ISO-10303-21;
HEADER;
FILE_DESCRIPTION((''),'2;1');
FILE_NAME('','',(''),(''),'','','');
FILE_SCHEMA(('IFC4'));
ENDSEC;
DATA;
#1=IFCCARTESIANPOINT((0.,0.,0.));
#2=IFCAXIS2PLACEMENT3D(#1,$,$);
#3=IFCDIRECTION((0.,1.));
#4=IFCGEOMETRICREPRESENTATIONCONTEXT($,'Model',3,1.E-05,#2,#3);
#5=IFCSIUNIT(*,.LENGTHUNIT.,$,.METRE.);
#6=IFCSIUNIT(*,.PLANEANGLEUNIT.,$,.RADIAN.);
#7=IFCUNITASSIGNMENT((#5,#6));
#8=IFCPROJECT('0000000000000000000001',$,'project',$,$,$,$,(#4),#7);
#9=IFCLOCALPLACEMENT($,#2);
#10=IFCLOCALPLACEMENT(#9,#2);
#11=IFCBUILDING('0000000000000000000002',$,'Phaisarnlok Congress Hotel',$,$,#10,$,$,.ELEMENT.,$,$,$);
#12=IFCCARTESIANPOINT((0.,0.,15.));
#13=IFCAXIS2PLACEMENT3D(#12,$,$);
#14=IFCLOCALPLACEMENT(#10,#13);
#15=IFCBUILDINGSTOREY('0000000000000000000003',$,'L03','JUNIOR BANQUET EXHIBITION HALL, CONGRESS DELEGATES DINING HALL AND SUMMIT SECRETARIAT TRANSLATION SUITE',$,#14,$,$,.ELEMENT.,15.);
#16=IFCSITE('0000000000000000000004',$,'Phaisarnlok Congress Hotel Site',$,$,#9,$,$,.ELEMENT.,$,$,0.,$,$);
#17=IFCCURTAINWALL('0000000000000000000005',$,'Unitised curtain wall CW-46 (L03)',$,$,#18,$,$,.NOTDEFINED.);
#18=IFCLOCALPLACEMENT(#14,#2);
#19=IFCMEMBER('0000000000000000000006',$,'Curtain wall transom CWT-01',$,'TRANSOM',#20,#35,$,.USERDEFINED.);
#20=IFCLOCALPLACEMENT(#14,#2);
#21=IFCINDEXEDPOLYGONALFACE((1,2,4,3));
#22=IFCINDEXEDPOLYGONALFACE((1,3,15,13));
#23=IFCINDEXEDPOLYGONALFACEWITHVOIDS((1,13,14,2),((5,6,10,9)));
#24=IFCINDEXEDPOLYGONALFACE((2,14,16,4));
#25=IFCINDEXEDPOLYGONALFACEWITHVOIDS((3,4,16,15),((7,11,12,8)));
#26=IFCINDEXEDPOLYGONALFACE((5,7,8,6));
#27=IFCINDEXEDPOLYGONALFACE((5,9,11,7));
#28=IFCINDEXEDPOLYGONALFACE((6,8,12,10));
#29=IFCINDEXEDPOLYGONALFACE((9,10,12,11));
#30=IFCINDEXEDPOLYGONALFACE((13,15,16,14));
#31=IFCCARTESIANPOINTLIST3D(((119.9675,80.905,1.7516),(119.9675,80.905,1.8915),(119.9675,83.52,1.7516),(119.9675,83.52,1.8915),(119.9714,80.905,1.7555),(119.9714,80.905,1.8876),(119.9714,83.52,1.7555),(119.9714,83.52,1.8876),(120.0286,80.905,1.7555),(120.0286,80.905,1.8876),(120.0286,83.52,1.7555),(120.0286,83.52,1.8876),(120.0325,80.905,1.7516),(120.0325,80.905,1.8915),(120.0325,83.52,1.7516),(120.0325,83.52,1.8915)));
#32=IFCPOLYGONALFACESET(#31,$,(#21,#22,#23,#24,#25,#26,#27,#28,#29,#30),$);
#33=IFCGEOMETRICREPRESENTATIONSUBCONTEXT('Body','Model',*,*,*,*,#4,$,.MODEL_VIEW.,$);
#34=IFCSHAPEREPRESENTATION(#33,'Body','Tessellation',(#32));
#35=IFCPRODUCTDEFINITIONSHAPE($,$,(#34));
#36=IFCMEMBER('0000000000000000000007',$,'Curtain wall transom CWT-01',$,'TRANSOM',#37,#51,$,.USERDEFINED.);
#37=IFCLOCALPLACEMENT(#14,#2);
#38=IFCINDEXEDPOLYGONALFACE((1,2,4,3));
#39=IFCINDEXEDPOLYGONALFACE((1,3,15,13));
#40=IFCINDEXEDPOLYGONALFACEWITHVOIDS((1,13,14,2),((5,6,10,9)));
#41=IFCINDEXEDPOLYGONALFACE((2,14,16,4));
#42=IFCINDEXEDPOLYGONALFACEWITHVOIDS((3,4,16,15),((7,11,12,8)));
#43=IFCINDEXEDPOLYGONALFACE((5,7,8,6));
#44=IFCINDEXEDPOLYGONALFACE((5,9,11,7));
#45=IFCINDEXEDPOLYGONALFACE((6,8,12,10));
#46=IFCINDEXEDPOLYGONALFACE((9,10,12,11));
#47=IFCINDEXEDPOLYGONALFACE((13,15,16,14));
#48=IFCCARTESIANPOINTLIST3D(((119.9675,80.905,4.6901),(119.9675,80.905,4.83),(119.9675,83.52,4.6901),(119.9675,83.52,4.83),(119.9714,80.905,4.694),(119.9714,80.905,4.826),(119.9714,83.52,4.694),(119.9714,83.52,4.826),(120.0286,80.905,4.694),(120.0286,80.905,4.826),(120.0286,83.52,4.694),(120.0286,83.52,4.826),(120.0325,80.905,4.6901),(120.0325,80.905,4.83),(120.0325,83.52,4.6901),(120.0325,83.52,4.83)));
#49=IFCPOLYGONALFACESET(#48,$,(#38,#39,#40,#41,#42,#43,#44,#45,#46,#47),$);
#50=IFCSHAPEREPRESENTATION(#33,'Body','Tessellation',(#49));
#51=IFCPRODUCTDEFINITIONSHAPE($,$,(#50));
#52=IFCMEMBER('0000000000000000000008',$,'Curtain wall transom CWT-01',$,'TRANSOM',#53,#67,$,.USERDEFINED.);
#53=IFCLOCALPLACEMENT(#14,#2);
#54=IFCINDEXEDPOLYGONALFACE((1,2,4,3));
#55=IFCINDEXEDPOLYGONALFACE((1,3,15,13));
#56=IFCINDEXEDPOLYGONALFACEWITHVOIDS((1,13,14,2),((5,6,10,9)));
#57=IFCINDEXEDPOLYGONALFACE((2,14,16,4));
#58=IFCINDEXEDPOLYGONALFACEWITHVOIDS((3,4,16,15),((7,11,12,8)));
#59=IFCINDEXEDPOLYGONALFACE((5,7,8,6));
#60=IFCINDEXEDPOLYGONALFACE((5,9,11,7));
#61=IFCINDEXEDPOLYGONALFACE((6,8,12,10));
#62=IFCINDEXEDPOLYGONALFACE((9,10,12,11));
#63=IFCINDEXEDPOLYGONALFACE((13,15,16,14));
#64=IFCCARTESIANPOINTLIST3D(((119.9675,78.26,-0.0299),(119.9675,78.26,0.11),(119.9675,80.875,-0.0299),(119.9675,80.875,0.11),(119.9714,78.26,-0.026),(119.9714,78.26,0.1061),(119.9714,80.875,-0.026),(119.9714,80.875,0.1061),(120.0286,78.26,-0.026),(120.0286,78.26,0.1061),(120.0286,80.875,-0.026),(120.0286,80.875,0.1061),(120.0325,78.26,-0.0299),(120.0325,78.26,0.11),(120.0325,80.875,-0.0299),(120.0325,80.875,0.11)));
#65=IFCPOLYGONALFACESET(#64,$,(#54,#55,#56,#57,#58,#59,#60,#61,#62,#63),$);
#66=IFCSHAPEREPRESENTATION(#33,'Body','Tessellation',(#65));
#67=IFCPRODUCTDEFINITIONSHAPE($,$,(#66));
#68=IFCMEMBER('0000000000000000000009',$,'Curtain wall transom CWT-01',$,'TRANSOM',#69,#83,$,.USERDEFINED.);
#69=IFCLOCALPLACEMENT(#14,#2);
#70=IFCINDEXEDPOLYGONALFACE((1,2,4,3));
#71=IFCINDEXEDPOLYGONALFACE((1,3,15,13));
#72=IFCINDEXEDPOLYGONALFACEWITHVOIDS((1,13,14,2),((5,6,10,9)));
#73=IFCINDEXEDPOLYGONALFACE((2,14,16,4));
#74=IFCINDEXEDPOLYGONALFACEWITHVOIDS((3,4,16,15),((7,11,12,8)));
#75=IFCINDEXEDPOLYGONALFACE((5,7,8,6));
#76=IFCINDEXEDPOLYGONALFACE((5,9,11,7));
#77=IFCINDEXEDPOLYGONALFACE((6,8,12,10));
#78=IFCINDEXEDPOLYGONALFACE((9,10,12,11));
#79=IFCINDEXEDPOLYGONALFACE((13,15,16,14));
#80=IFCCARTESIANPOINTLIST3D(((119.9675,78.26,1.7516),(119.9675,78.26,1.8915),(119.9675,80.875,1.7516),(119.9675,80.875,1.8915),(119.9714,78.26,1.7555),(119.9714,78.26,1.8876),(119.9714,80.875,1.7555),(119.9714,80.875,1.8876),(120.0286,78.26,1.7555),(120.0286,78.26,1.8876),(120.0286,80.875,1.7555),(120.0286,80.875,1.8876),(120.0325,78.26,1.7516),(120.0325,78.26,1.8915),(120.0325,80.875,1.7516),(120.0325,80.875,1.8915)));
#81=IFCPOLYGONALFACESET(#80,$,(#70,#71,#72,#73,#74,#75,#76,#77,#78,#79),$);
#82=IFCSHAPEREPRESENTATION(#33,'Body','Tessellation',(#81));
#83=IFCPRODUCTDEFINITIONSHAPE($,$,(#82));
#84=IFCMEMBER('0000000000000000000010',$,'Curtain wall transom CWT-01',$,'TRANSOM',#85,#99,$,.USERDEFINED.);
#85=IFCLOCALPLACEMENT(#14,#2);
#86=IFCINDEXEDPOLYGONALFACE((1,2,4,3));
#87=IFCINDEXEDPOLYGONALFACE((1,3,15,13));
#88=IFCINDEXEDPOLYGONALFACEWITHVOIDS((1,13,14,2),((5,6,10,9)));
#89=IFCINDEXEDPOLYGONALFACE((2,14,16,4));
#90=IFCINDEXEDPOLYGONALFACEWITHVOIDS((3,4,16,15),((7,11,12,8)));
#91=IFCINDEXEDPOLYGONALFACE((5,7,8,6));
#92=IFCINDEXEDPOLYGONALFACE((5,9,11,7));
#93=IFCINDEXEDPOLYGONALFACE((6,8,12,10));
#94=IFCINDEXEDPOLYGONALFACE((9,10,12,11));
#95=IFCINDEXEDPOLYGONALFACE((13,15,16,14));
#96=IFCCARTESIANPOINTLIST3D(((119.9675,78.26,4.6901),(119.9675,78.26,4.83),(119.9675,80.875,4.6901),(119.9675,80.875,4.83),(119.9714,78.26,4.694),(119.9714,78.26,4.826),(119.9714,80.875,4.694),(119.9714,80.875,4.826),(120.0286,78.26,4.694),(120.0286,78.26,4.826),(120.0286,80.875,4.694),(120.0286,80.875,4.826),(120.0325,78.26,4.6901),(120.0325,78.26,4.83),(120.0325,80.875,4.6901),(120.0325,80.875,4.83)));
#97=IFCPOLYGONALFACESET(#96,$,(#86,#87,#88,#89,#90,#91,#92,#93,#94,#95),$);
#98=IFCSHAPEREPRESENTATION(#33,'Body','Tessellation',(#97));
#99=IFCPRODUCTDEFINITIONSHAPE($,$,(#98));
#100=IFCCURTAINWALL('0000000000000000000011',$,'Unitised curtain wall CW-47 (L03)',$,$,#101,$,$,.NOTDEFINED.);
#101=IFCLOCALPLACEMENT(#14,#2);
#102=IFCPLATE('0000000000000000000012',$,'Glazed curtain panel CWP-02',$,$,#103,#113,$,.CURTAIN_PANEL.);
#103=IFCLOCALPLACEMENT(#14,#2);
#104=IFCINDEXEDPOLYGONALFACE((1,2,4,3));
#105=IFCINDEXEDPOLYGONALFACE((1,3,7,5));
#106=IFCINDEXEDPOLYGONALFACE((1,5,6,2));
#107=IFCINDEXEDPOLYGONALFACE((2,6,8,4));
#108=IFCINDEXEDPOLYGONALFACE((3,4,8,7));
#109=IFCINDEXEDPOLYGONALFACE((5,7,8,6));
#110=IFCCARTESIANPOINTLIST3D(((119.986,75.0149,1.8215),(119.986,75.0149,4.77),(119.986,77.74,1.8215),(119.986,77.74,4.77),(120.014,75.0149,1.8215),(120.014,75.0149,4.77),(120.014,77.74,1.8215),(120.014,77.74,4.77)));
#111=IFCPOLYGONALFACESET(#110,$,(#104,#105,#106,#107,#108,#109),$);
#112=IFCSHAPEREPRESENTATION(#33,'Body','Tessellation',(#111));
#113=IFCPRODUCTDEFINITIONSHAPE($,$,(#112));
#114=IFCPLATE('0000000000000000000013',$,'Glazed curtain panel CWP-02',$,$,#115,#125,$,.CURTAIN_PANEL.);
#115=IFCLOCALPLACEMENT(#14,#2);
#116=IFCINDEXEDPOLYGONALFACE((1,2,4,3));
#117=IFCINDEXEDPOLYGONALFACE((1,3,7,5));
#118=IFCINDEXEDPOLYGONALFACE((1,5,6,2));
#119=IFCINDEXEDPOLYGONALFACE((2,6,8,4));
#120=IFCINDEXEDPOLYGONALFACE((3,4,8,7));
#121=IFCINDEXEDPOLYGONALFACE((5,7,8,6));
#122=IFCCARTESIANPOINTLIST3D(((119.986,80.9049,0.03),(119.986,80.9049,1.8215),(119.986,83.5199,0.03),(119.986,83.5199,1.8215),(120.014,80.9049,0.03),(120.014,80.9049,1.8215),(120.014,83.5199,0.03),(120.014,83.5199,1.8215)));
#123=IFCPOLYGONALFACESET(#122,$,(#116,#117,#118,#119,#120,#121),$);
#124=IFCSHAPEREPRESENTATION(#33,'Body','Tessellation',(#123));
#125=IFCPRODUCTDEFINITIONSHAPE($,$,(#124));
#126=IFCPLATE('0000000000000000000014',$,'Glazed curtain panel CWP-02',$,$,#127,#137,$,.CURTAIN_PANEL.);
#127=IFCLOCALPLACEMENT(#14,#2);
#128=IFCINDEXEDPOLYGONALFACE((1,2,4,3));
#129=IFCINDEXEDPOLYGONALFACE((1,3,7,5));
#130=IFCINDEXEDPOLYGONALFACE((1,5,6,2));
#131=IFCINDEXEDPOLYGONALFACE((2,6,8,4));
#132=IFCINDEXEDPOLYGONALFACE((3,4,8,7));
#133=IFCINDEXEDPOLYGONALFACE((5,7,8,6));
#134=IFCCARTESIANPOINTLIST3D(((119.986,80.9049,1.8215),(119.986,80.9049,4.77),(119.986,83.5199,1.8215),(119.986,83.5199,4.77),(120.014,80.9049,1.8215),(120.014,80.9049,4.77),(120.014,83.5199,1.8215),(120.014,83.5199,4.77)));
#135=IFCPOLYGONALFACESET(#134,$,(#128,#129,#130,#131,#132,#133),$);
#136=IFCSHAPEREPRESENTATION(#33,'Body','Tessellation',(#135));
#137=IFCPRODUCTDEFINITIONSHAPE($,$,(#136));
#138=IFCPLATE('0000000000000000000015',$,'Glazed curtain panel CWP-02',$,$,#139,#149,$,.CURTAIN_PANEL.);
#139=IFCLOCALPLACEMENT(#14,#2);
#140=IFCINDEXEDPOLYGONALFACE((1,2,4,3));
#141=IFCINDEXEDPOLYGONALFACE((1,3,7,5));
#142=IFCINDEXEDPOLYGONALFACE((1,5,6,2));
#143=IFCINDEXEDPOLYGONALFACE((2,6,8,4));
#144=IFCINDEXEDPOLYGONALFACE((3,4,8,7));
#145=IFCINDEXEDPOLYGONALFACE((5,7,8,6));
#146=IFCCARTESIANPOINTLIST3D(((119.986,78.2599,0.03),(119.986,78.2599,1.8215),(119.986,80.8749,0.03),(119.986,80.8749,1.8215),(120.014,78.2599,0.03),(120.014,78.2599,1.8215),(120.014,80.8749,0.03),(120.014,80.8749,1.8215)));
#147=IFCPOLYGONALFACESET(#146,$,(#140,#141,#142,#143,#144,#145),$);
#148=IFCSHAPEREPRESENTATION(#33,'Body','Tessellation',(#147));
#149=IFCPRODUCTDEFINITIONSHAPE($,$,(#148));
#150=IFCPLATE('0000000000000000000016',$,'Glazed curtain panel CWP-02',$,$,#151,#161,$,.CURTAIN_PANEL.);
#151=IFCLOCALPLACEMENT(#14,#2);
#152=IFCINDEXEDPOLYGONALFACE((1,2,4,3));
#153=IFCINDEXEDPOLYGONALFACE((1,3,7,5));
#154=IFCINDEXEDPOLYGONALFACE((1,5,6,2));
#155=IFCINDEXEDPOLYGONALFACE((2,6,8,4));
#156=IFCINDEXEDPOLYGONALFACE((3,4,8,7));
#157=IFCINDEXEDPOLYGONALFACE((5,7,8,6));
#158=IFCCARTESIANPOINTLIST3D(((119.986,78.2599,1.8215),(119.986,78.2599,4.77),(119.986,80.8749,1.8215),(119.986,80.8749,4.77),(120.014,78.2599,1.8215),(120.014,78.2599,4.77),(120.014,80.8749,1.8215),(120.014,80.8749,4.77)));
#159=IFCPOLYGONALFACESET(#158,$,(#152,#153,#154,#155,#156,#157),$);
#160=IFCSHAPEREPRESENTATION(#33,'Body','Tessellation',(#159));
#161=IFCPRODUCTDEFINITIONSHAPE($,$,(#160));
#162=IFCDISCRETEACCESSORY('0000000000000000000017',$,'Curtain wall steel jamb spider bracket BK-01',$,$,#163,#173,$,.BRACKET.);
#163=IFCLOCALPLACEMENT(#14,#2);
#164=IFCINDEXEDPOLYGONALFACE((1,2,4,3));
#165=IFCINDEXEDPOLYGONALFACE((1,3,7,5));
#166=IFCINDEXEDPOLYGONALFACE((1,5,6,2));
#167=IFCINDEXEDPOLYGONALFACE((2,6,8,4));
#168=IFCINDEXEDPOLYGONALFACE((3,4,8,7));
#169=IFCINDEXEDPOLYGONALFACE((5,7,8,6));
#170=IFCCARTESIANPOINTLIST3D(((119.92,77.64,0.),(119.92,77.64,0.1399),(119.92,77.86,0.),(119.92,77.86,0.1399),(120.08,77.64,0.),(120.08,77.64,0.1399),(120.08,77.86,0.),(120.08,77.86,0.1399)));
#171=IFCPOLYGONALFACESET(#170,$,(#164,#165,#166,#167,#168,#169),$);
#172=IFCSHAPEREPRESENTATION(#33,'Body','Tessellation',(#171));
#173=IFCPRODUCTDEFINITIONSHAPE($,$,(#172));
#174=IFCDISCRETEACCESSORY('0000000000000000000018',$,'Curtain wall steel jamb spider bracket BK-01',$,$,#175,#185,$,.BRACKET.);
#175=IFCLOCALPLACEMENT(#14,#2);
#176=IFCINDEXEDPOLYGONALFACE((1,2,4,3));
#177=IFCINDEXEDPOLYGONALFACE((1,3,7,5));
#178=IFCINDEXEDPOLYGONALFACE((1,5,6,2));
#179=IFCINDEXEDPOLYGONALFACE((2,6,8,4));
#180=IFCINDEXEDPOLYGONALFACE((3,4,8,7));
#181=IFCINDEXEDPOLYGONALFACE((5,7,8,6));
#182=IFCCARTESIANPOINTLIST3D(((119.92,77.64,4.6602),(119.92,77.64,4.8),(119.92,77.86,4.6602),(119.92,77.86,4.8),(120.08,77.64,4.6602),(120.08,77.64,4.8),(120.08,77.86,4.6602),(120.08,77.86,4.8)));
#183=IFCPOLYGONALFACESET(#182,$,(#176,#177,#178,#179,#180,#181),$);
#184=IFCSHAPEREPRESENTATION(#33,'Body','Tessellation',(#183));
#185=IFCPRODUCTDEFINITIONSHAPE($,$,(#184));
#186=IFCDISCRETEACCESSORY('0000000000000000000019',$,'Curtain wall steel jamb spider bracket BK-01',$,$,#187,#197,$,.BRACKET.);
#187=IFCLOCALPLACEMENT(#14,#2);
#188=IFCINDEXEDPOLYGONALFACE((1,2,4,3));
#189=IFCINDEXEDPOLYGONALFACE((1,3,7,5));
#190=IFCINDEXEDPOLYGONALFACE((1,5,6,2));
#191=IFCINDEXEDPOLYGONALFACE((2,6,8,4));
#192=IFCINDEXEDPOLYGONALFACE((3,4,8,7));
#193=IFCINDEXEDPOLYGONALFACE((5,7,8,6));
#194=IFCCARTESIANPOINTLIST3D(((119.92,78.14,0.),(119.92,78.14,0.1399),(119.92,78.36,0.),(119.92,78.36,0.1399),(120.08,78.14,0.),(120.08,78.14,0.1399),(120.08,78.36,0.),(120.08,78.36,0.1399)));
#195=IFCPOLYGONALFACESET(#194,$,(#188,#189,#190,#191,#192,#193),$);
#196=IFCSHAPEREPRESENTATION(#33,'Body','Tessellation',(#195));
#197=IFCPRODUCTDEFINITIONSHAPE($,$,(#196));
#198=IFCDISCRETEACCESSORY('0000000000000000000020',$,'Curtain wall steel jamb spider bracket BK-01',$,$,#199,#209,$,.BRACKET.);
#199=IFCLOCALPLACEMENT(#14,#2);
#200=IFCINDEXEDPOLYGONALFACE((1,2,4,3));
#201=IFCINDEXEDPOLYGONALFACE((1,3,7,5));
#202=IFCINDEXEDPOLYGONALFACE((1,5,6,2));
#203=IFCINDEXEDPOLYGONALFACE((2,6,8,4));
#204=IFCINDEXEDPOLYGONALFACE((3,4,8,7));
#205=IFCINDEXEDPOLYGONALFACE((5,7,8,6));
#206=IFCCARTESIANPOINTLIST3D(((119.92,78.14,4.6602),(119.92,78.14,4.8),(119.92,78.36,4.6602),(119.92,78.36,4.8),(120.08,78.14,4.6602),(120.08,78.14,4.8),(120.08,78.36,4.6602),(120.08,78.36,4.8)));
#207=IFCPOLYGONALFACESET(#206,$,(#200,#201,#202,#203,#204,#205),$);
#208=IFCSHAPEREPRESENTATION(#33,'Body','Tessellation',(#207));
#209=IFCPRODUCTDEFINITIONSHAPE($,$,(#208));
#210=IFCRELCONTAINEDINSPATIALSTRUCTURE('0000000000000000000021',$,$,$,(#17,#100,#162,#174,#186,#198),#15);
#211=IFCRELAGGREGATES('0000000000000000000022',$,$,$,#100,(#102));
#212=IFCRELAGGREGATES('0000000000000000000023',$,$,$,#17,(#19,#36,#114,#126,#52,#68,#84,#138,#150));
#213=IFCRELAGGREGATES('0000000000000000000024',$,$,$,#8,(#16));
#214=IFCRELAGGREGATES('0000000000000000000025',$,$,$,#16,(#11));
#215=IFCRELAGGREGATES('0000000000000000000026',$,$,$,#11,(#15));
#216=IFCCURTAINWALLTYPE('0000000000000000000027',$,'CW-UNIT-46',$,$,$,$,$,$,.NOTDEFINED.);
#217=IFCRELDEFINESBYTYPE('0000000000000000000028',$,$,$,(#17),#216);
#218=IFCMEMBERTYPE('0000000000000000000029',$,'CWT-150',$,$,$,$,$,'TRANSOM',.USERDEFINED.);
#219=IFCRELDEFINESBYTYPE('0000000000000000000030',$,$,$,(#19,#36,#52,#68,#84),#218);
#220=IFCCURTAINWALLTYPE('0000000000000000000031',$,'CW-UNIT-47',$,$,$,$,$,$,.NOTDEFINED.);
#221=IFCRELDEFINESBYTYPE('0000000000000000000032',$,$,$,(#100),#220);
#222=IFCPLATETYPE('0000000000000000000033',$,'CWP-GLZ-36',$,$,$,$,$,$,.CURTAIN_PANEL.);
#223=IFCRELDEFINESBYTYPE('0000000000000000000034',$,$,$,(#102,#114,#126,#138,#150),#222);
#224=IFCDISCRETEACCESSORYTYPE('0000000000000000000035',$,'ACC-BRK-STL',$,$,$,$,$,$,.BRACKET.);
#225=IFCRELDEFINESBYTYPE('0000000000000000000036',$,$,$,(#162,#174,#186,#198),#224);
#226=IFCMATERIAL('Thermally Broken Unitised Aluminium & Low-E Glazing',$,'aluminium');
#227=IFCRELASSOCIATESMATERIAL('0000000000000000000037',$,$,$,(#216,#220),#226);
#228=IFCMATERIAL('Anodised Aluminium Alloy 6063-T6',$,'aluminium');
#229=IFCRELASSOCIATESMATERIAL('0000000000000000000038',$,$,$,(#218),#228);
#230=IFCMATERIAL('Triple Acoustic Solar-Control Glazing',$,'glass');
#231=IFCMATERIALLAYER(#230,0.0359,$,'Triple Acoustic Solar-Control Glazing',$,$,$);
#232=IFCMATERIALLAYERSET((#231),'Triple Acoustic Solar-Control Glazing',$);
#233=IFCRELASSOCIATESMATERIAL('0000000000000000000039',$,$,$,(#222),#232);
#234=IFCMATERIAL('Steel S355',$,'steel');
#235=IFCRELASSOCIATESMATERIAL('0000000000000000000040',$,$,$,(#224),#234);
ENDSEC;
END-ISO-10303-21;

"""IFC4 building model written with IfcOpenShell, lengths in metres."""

from ifc_helpers import new_model, si_unit, direction, frame, frame_2d, origin, origin_2d, place, context, subcontext, project, spatial, rectangle, hollow_rectangle, extrude, material, layer, layer_set, material_profile, profile_set, type_object, element, aggregate, save


model = new_model("IFC4")

# Units and contexts
model_context = context("Model", 3, precision=1e-05, world=origin(), true_north=direction((0.0, 1.0)))
body_context = subcontext(model_context, "Body", "Model", "MODEL_VIEW")
ifc_project = project(units=[si_unit("LENGTHUNIT", "METRE"), si_unit("PLANEANGLEUNIT", "RADIAN")], contexts=[model_context])

# Site, building, storey
site_placement = place(None, origin())
site = spatial("IfcSite", under=ifc_project, at=site_placement, Name="Phaisarnlok Congress Hotel Site", CompositionType="ELEMENT", RefElevation=0.0)
building_placement = place(site_placement, origin())
building = spatial("IfcBuilding", under=site, at=building_placement, Name="Phaisarnlok Congress Hotel", CompositionType="ELEMENT")
storey_placement = place(building_placement, frame((0.0, 0.0, 15.0)))
storey = spatial("IfcBuildingStorey", under=building, at=storey_placement, Name="L03", Description="JUNIOR BANQUET EXHIBITION HALL, CONGRESS DELEGATES DINING HALL AND SUMMIT SECRETARIAT TRANSLATION SUITE", CompositionType="ELEMENT", Elevation=15.0)

# Shared definitions
ifc_material_1 = material(Name="Steel S355", Category="steel")

# Curtain wall, members
ifc_material_2 = material(Name="Thermally Broken Unitised Aluminium & Low-E Glazing", Category="aluminium")
curtain_wall_type_1 = type_object("IfcCurtainWallType", Name="CW-UNIT-46", PredefinedType="NOTDEFINED", material=ifc_material_2)
curtain_wall_1_placement = place(storey_placement, origin())
curtain_wall_1 = element("IfcCurtainWall", 1, at=curtain_wall_1_placement, inside=storey, type_object=curtain_wall_type_1, Name="Unitised curtain wall CW-46 (L03)", PredefinedType="NOTDEFINED")
ifc_material_3 = material(Name="Anodised Aluminium Alloy 6063-T6", Category="aluminium")
ifc_material_profile_1 = material_profile(ifc_material_3, hollow_rectangle(XDim=0.0649, YDim=0.1399, WallThickness=0.0039, at=origin_2d()), Name="ALU-T 65x140x4")
ifc_profile_set_1 = profile_set([ifc_material_profile_1], Name="Anodised Aluminium Alloy 6063-T6")
member_type_1 = type_object("IfcMemberType", Name="CWT-150", ElementType="TRANSOM", PredefinedType="USERDEFINED", material=ifc_profile_set_1)
member_1_placement = place(storey_placement, frame((120.0, 83.52, 1.8215), z_axis=(0.0, -1.0, 0.0), x_axis=(1.0, 0.0, 0.0)))
member_1 = element("IfcMember", 2, at=member_1_placement, type_object=member_type_1, Name="Curtain wall transom CWT-01", ObjectType="TRANSOM", PredefinedType="USERDEFINED", context=body_context, shape_type="SweptSolid", body=[
    extrude(hollow_rectangle(XDim=0.0649, YDim=0.1399, WallThickness=0.0039, at=origin_2d()), origin(), (0.0, 0.0, 1.0), 2.615),
])
member_2_placement = place(storey_placement, frame((120.0, 83.52, 4.76), z_axis=(0.0, -1.0, 0.0), x_axis=(1.0, 0.0, 0.0)))
member_2 = element("IfcMember", 3, at=member_2_placement, type_object=member_type_1, Name="Curtain wall transom CWT-01", ObjectType="TRANSOM", PredefinedType="USERDEFINED", context=body_context, shape_type="SweptSolid", body=[
    extrude(hollow_rectangle(XDim=0.0649, YDim=0.1399, WallThickness=0.0039, at=origin_2d()), origin(), (0.0, 0.0, 1.0), 2.615),
])
member_3_placement = place(storey_placement, frame((120.0, 80.875, 0.04), z_axis=(0.0, -1.0, 0.0), x_axis=(1.0, 0.0, 0.0)))
member_3 = element("IfcMember", 4, at=member_3_placement, type_object=member_type_1, Name="Curtain wall transom CWT-01", ObjectType="TRANSOM", PredefinedType="USERDEFINED", context=body_context, shape_type="SweptSolid", body=[
    extrude(hollow_rectangle(XDim=0.0649, YDim=0.1399, WallThickness=0.0039, at=origin_2d()), origin(), (0.0, 0.0, 1.0), 2.615),
])
member_4_placement = place(storey_placement, frame((120.0, 80.875, 1.8215), z_axis=(0.0, -1.0, 0.0), x_axis=(1.0, 0.0, 0.0)))
member_4 = element("IfcMember", 5, at=member_4_placement, type_object=member_type_1, Name="Curtain wall transom CWT-01", ObjectType="TRANSOM", PredefinedType="USERDEFINED", context=body_context, shape_type="SweptSolid", body=[
    extrude(hollow_rectangle(XDim=0.0649, YDim=0.1399, WallThickness=0.0039, at=origin_2d()), origin(), (0.0, 0.0, 1.0), 2.615),
])
member_5_placement = place(storey_placement, frame((120.0, 80.875, 4.76), z_axis=(0.0, -1.0, 0.0), x_axis=(1.0, 0.0, 0.0)))
member_5 = element("IfcMember", 6, at=member_5_placement, type_object=member_type_1, Name="Curtain wall transom CWT-01", ObjectType="TRANSOM", PredefinedType="USERDEFINED", context=body_context, shape_type="SweptSolid", body=[
    extrude(hollow_rectangle(XDim=0.0649, YDim=0.1399, WallThickness=0.0039, at=origin_2d()), origin(), (0.0, 0.0, 1.0), 2.615),
])

# Curtain wall, plate
curtain_wall_type_2 = type_object("IfcCurtainWallType", Name="CW-UNIT-47", PredefinedType="NOTDEFINED", material=ifc_material_2)
curtain_wall_2_placement = place(storey_placement, origin())
curtain_wall_2 = element("IfcCurtainWall", 7, at=curtain_wall_2_placement, inside=storey, type_object=curtain_wall_type_2, Name="Unitised curtain wall CW-47 (L03)", PredefinedType="NOTDEFINED")
ifc_material_4 = material(Name="Triple Acoustic Solar-Control Glazing", Category="glass")
ifc_layer = layer(ifc_material_4, 0.0359, Name="Triple Acoustic Solar-Control Glazing")
ifc_layer_set = layer_set([ifc_layer], Name="Triple Acoustic Solar-Control Glazing")
plate_type = type_object("IfcPlateType", Name="CWP-GLZ-36", PredefinedType="CURTAIN_PANEL", material=ifc_layer_set)
plate_1_placement = place(storey_placement, frame((120.0, 77.74, 1.8215), z_axis=(0.0, 0.0, 1.0), x_axis=(0.0, -1.0, 0.0)))
plate_1 = element("IfcPlate", 8, at=plate_1_placement, type_object=plate_type, Name="Glazed curtain panel CWP-02", PredefinedType="CURTAIN_PANEL", context=body_context, shape_type="SweptSolid", body=[
    extrude(rectangle(XDim=2.7251, YDim=0.0281, at=frame_2d((1.3625, 0.0))), origin(), (0.0, 0.0, 1.0), 2.9485),
])
aggregate(curtain_wall_2, [plate_1])

# Plates
plate_2_placement = place(storey_placement, frame((120.0, 83.52, 0.03), z_axis=(0.0, 0.0, 1.0), x_axis=(0.0, -1.0, 0.0)))
plate_2 = element("IfcPlate", 9, at=plate_2_placement, type_object=plate_type, Name="Glazed curtain panel CWP-02", PredefinedType="CURTAIN_PANEL", context=body_context, shape_type="SweptSolid", body=[
    extrude(rectangle(XDim=2.615, YDim=0.0281, at=frame_2d((1.3076, 0.0))), origin(), (0.0, 0.0, 1.0), 1.7915),
])
plate_3_placement = place(storey_placement, frame((120.0, 83.52, 1.8215), z_axis=(0.0, 0.0, 1.0), x_axis=(0.0, -1.0, 0.0)))
plate_3 = element("IfcPlate", 10, at=plate_3_placement, type_object=plate_type, Name="Glazed curtain panel CWP-02", PredefinedType="CURTAIN_PANEL", context=body_context, shape_type="SweptSolid", body=[
    extrude(rectangle(XDim=2.615, YDim=0.0281, at=frame_2d((1.3076, 0.0))), origin(), (0.0, 0.0, 1.0), 2.9485),
])
plate_4_placement = place(storey_placement, frame((120.0, 80.875, 0.03), z_axis=(0.0, 0.0, 1.0), x_axis=(0.0, -1.0, 0.0)))
plate_4 = element("IfcPlate", 11, at=plate_4_placement, type_object=plate_type, Name="Glazed curtain panel CWP-02", PredefinedType="CURTAIN_PANEL", context=body_context, shape_type="SweptSolid", body=[
    extrude(rectangle(XDim=2.615, YDim=0.0281, at=frame_2d((1.3076, 0.0))), origin(), (0.0, 0.0, 1.0), 1.7915),
])
plate_5_placement = place(storey_placement, frame((120.0, 80.875, 1.8215), z_axis=(0.0, 0.0, 1.0), x_axis=(0.0, -1.0, 0.0)))
plate_5 = element("IfcPlate", 12, at=plate_5_placement, type_object=plate_type, Name="Glazed curtain panel CWP-02", PredefinedType="CURTAIN_PANEL", context=body_context, shape_type="SweptSolid", body=[
    extrude(rectangle(XDim=2.615, YDim=0.0281, at=frame_2d((1.3076, 0.0))), origin(), (0.0, 0.0, 1.0), 2.9485),
])
aggregate(curtain_wall_1, [member_1, member_2, plate_2, plate_3, member_3, member_4, member_5, plate_4, plate_5])

# Discrete accessories
discrete_accessory_type = type_object("IfcDiscreteAccessoryType", Name="ACC-BRK-STL", PredefinedType="BRACKET", material=ifc_material_1)
for number, where, z_axis, x_axis, name in (
    (13, (120.0, 77.75, 0.0), (0.0, 0.0, 1.0), (1.0, 0.0, 0.0), "Curtain wall steel jamb spider bracket BK-01"),
    (14, (120.0, 77.75, 4.6602), (0.0, 0.0, 1.0), (1.0, 0.0, 0.0), "Curtain wall steel jamb spider bracket BK-01"),
    (15, (120.0, 78.25, 0.0), (0.0, 0.0, 1.0), (1.0, 0.0, 0.0), "Curtain wall steel jamb spider bracket BK-01"),
    (16, (120.0, 78.25, 4.6602), (0.0, 0.0, 1.0), (1.0, 0.0, 0.0), "Curtain wall steel jamb spider bracket BK-01"),
):
    element("IfcDiscreteAccessory", number, at=place(storey_placement, frame(where, z_axis=z_axis, x_axis=x_axis)), inside=storey, type_object=discrete_accessory_type, Name=name, PredefinedType="BRACKET", context=body_context, shape_type="SweptSolid", body=[
        extrude(rectangle(XDim=0.1599, YDim=0.22, at=origin_2d()), origin(), (0.0, 0.0, 1.0), 0.1399),
    ])

save(model, "model.ifc")
